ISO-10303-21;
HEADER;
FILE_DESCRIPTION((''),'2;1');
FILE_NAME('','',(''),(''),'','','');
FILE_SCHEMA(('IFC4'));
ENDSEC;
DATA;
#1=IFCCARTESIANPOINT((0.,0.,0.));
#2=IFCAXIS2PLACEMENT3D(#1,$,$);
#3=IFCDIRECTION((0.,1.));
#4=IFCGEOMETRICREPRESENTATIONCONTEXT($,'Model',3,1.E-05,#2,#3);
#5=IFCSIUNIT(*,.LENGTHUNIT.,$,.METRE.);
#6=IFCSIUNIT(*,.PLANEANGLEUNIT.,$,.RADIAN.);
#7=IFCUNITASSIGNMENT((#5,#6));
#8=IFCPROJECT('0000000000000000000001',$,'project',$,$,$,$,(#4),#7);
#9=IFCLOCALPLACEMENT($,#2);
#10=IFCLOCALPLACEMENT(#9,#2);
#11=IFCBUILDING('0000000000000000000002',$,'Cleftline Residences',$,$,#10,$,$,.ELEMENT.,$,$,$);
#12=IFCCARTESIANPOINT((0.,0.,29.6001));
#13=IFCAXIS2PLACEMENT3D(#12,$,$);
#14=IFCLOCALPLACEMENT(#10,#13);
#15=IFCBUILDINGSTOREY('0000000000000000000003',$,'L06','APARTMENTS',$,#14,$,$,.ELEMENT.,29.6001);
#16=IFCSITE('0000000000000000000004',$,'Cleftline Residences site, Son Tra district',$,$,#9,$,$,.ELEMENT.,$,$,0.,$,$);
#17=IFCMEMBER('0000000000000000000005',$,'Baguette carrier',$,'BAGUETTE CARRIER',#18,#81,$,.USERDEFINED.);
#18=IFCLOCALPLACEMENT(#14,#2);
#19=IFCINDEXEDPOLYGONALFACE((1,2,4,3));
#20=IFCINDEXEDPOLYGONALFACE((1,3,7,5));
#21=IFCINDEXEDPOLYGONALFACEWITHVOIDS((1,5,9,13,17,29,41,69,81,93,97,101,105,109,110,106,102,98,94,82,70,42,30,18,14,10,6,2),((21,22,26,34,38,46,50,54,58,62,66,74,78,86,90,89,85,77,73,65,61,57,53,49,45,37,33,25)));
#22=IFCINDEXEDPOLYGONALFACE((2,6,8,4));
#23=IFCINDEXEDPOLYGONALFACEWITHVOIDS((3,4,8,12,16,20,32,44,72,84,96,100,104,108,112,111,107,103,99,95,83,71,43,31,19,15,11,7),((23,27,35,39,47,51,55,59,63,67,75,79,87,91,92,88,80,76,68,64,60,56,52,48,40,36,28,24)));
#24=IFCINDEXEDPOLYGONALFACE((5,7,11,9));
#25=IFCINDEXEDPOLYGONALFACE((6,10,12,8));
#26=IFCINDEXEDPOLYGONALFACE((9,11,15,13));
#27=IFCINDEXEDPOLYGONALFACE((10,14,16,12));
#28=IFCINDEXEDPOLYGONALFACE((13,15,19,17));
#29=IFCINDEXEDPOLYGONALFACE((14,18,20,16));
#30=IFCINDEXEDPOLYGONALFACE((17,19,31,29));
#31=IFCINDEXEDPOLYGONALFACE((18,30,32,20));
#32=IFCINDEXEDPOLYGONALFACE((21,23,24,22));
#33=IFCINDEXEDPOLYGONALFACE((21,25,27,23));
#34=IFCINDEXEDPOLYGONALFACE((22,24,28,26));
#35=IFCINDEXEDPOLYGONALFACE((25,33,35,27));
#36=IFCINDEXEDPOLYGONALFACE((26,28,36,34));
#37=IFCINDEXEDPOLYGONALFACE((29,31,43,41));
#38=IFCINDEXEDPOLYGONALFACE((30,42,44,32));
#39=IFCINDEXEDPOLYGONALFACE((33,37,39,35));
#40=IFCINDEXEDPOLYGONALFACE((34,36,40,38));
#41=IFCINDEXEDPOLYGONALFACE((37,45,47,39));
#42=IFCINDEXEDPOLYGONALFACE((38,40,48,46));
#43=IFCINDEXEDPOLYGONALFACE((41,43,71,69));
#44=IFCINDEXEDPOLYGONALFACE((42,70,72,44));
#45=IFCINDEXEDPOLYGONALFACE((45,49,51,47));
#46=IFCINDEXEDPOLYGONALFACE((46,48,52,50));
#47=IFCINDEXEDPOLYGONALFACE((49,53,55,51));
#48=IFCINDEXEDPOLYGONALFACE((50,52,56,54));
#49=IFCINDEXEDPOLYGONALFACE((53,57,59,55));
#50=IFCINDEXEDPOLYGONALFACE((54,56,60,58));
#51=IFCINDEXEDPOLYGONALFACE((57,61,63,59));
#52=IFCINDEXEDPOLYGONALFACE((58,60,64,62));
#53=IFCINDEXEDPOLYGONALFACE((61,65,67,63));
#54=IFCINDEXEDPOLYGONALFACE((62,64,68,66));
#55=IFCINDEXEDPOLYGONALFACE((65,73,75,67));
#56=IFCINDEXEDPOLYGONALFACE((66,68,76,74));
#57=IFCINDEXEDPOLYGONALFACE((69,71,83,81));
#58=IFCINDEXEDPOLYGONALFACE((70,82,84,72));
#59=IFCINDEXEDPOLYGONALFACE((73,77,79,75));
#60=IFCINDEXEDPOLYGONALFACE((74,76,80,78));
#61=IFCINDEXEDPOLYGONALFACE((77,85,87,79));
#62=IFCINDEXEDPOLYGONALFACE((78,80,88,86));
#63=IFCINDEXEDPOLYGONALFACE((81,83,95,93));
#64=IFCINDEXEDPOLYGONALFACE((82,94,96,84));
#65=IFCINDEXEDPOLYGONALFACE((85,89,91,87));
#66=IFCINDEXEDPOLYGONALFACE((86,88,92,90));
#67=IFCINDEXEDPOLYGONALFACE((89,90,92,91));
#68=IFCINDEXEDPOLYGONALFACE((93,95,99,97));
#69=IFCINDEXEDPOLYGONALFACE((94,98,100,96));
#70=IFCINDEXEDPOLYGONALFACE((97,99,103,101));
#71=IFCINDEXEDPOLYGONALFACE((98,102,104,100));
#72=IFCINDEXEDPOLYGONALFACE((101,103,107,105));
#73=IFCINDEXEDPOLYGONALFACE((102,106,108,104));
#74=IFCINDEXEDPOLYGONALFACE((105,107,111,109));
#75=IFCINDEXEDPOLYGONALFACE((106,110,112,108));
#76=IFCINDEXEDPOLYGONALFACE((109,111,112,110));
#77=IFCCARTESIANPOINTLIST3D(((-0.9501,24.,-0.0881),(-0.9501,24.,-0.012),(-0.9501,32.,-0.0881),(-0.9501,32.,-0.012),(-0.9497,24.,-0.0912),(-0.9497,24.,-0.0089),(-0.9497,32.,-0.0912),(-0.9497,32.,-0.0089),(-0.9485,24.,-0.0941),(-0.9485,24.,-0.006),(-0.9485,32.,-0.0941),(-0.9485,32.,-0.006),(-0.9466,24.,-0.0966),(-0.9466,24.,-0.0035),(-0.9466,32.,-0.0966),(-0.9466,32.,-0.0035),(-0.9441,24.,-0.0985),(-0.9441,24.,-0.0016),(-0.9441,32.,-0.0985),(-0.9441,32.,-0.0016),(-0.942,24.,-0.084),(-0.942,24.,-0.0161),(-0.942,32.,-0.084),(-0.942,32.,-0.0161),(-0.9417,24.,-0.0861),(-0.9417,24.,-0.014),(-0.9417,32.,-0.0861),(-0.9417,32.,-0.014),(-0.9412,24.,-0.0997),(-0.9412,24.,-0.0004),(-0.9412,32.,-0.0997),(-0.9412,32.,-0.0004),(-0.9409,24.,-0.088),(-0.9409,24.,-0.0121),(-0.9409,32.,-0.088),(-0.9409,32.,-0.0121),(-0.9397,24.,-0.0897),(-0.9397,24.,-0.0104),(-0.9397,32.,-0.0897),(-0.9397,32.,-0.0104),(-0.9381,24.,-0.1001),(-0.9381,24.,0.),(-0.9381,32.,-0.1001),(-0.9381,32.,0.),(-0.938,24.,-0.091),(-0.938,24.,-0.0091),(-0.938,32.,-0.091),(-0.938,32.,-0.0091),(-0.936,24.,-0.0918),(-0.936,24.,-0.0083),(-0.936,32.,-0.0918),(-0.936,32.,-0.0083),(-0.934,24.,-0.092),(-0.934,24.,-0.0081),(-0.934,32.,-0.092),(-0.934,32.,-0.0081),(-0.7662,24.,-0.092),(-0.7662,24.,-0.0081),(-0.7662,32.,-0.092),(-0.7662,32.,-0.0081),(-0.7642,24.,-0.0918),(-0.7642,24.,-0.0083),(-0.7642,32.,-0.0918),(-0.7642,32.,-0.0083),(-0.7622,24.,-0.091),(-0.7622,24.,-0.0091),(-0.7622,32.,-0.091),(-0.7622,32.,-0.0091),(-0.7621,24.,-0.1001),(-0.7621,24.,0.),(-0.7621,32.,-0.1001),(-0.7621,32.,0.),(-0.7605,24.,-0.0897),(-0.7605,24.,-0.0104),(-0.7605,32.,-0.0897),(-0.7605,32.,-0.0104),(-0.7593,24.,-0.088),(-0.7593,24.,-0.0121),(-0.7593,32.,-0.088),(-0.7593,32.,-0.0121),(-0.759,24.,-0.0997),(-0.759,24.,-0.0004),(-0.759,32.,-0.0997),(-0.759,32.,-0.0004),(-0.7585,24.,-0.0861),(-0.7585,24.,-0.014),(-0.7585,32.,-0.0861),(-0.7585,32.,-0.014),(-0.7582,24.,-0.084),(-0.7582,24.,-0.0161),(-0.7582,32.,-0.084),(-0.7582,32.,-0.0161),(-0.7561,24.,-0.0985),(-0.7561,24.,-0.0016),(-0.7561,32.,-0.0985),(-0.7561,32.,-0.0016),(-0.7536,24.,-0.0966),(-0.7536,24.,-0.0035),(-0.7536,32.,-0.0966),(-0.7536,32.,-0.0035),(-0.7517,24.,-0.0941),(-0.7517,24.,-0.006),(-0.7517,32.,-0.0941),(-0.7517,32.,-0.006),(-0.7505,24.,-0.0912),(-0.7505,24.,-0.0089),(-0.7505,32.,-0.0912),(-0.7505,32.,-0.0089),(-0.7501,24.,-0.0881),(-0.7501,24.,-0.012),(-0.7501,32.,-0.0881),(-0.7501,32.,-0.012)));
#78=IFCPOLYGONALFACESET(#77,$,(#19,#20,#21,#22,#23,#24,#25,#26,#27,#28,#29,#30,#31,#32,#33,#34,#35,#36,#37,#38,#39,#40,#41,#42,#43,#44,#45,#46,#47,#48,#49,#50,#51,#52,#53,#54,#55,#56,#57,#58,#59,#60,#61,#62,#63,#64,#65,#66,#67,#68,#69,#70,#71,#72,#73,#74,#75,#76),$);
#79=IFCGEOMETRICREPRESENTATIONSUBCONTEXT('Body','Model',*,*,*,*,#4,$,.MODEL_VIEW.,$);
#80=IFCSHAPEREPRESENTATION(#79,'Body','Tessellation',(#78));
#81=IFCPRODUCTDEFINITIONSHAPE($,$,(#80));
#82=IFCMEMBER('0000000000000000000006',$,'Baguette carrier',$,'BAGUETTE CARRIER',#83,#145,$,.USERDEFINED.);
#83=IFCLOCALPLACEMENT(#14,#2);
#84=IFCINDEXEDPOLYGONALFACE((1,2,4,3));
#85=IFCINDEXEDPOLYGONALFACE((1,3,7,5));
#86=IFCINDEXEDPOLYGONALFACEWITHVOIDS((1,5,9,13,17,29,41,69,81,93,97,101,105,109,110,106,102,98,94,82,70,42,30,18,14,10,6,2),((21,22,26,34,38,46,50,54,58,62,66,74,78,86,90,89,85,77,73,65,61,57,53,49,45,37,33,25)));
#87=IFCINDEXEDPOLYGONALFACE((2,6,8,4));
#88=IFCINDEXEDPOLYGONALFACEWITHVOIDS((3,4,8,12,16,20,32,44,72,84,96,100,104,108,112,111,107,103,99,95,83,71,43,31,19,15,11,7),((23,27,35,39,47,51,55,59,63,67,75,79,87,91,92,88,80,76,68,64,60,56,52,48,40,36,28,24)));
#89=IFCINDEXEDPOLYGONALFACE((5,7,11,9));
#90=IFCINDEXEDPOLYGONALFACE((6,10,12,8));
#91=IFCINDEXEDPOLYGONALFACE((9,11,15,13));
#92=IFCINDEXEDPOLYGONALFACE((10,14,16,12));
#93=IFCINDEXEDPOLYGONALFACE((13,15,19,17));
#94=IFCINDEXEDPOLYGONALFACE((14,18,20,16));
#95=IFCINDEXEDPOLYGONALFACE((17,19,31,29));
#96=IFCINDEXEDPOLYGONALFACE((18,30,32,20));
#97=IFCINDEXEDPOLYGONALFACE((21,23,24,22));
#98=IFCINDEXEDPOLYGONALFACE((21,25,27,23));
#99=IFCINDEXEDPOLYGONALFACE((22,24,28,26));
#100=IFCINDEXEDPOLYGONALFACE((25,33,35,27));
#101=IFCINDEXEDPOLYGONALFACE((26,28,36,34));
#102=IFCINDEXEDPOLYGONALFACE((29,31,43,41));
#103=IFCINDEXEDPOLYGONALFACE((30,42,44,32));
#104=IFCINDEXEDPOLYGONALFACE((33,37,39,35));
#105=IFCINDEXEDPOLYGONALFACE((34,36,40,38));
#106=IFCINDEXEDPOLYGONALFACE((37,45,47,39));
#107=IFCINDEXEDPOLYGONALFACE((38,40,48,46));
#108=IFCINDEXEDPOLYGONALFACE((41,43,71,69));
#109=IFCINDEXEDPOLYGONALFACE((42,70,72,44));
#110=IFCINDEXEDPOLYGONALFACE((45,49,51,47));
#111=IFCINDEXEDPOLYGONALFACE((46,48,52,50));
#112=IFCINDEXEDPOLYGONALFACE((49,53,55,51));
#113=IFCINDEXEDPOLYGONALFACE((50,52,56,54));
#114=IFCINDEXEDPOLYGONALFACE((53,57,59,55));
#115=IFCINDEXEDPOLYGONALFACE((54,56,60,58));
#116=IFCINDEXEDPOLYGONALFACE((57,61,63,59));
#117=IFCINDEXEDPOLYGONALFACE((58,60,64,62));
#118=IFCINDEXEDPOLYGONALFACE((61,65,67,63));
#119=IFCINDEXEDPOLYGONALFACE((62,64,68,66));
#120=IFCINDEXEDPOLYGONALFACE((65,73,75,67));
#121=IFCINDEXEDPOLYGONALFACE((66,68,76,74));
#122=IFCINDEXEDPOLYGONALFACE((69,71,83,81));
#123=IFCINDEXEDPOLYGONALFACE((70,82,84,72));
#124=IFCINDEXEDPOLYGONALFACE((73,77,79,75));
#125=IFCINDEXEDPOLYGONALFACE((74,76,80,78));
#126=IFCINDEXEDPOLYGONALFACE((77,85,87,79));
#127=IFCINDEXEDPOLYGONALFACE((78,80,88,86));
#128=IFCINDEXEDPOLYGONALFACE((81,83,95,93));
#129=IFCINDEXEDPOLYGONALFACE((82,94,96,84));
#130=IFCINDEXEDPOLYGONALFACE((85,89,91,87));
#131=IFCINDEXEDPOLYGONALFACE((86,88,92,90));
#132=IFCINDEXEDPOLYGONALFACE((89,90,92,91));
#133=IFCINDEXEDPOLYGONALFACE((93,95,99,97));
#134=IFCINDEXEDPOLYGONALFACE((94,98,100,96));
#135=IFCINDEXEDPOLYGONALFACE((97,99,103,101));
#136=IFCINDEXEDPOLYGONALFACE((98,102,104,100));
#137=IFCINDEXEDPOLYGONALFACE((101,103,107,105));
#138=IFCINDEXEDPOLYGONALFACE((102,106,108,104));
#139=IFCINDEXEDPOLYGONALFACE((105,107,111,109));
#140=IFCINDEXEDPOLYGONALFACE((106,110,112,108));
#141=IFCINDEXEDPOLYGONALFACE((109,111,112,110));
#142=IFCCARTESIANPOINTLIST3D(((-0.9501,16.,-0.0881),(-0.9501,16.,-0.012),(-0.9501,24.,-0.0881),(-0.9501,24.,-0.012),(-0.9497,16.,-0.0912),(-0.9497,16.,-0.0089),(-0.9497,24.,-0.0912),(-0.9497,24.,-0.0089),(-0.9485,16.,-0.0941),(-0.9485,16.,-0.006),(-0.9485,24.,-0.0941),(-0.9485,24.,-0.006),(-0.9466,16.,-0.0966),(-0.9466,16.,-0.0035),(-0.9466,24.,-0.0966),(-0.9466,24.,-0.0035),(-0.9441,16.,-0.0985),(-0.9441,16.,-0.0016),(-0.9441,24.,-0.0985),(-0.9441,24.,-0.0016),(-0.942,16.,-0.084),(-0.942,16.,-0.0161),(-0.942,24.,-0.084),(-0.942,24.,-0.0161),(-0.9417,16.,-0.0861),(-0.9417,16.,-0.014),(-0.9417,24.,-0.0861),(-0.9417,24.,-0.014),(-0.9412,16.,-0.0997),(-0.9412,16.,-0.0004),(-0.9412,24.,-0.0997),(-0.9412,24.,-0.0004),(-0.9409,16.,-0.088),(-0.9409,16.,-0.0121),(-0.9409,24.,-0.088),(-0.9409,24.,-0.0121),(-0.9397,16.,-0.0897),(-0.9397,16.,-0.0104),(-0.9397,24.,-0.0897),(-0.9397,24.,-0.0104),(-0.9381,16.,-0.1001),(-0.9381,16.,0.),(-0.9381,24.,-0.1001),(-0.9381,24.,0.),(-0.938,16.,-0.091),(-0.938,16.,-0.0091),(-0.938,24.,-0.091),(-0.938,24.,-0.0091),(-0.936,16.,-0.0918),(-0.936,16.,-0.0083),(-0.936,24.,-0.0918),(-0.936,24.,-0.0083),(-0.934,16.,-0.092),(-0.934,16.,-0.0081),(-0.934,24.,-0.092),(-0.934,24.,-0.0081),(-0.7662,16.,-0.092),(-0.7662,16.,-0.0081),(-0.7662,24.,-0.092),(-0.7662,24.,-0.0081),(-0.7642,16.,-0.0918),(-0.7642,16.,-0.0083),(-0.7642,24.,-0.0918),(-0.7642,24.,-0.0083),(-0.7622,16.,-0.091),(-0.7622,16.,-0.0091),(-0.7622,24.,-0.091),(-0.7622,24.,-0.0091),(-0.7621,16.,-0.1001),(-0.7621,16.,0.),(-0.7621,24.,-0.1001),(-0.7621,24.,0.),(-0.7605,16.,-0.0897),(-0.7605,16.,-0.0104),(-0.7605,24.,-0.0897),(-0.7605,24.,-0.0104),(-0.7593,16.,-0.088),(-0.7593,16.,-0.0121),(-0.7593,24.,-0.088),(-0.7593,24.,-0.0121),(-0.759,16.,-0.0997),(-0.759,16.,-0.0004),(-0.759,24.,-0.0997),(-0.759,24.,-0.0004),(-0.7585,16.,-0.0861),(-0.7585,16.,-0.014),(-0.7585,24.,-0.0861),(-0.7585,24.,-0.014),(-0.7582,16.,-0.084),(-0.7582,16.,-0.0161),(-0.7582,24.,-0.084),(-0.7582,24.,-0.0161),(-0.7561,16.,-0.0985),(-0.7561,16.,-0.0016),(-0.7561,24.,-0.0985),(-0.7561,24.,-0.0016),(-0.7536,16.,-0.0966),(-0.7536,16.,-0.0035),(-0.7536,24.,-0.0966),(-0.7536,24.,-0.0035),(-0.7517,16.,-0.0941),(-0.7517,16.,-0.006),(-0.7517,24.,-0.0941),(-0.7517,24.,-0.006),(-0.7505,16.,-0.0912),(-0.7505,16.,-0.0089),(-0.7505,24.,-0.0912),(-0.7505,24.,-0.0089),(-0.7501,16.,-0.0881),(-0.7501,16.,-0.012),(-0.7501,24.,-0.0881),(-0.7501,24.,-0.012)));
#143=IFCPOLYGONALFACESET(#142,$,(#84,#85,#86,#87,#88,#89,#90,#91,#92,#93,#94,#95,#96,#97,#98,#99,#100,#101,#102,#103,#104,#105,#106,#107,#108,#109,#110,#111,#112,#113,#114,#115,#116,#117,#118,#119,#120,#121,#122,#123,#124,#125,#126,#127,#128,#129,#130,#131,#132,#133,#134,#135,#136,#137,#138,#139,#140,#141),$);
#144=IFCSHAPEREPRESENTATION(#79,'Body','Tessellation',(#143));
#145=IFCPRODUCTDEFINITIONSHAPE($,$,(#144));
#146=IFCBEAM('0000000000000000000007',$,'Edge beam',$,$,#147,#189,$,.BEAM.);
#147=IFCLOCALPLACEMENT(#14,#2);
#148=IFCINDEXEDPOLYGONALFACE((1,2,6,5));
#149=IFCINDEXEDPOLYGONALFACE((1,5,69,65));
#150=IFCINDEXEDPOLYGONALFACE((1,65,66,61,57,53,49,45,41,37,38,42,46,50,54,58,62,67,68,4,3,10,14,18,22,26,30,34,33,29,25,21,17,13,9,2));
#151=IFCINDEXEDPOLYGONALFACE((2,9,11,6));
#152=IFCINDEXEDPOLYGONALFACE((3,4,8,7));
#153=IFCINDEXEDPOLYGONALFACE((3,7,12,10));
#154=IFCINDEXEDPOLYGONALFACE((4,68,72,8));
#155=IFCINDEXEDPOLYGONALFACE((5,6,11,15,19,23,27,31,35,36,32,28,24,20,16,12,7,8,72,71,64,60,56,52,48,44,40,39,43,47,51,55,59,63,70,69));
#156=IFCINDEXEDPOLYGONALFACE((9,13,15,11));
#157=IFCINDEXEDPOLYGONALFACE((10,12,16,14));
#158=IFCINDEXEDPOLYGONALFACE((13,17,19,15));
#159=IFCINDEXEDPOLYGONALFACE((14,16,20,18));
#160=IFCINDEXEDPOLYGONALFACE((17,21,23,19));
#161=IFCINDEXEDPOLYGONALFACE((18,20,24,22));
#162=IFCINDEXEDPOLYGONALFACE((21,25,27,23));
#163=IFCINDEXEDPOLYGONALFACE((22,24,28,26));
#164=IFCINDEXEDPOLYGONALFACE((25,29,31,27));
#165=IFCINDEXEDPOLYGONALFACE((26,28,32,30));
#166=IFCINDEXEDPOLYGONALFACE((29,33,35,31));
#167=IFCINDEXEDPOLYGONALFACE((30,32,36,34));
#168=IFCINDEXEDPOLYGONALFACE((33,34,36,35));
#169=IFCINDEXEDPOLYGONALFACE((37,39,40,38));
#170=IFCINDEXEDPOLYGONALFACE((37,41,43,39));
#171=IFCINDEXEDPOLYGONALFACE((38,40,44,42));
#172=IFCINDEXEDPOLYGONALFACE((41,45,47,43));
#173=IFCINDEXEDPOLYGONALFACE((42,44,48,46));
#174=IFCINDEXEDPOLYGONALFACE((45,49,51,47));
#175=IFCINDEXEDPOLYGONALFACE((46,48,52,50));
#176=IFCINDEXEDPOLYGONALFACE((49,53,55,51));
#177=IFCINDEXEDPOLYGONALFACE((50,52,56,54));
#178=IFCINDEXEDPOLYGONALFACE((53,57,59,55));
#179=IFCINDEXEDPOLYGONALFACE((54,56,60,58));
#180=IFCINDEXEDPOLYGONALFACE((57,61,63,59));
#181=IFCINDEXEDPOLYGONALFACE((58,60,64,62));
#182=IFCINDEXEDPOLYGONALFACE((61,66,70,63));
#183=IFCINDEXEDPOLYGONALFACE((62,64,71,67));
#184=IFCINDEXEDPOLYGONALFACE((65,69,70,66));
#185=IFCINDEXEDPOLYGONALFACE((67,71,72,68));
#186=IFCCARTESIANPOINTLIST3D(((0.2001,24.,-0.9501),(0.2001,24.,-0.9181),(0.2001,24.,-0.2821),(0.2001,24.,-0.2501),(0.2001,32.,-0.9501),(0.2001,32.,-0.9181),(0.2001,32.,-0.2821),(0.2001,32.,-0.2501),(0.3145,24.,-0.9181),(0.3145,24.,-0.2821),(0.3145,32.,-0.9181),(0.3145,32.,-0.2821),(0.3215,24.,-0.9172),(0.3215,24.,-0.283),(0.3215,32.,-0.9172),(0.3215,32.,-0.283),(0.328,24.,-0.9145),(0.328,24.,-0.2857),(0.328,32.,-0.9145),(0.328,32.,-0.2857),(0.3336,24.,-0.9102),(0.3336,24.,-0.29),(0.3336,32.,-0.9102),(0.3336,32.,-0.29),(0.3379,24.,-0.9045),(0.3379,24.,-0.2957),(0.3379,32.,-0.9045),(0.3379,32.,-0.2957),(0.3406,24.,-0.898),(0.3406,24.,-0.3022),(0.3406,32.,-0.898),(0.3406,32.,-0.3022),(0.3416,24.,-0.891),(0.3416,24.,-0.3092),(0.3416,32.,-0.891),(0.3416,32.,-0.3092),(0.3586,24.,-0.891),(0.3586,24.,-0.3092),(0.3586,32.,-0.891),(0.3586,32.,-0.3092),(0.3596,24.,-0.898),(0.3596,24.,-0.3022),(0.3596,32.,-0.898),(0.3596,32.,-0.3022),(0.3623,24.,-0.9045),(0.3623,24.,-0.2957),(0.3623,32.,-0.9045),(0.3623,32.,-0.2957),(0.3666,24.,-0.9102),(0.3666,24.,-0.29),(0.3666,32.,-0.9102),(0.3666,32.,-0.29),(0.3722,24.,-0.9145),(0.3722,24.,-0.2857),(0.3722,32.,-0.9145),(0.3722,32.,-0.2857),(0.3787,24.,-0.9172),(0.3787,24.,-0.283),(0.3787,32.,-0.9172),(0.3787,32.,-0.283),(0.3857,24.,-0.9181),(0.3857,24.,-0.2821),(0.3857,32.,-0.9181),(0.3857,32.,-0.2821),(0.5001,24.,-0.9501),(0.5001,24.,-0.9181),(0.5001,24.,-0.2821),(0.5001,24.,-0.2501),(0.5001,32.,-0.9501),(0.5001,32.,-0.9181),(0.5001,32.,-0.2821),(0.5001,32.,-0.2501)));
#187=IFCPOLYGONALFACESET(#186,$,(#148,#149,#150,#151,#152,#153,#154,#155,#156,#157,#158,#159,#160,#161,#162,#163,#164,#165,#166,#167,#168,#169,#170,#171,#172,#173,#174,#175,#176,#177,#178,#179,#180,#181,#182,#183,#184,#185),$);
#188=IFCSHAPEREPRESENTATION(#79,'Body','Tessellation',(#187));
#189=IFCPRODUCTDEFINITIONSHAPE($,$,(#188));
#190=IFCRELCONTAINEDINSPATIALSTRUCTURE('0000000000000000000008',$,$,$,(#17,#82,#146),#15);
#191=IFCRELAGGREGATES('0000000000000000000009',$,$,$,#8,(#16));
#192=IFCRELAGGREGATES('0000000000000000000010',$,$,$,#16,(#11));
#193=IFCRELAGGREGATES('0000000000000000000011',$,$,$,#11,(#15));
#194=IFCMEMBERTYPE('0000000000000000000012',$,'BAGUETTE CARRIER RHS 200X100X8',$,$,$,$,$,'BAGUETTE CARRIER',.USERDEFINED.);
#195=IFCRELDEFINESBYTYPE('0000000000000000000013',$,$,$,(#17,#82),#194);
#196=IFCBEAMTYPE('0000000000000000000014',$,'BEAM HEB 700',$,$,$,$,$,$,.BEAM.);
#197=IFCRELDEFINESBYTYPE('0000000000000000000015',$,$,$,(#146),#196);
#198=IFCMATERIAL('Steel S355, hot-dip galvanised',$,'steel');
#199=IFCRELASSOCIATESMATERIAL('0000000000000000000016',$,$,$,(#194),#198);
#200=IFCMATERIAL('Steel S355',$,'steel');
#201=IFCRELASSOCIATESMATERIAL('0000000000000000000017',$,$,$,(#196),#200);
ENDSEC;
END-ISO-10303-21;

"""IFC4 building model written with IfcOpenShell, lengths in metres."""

from ifc_helpers import new_model, si_unit, direction, frame, origin, origin_2d, place, context, subcontext, project, spatial, hollow_rectangle, i_section, extrude, material, material_profile, profile_set, type_object, element, save


model = new_model("IFC4")

# Units and contexts
model_context = context("Model", 3, precision=1e-05, world=origin(), true_north=direction((0.0, 1.0)))
body_context = subcontext(model_context, "Body", "Model", "MODEL_VIEW")
ifc_project = project(units=[si_unit("LENGTHUNIT", "METRE"), si_unit("PLANEANGLEUNIT", "RADIAN")], contexts=[model_context])

# Site, building, storey
site_placement = place(None, origin())
site = spatial("IfcSite", under=ifc_project, at=site_placement, Name="Cleftline Residences site, Son Tra district", CompositionType="ELEMENT", RefElevation=0.0)
building_placement = place(site_placement, origin())
building = spatial("IfcBuilding", under=site, at=building_placement, Name="Cleftline Residences", CompositionType="ELEMENT")
storey_placement = place(building_placement, frame((0.0, 0.0, 29.6001)))
storey = spatial("IfcBuildingStorey", under=building, at=storey_placement, Name="L06", Description="APARTMENTS", CompositionType="ELEMENT", Elevation=29.6001)

# Members
ifc_material_1 = material(Name="Steel S355, hot-dip galvanised", Category="steel")
ifc_material_profile_1 = material_profile(ifc_material_1, hollow_rectangle(XDim=0.1001, YDim=0.2, WallThickness=0.0081, InnerFilletRadius=0.0081, OuterFilletRadius=0.012, at=origin_2d()))
ifc_profile_set_1 = profile_set([ifc_material_profile_1], Name="Steel S355, hot-dip galvanised")
member_type_1 = type_object("IfcMemberType", Name="BAGUETTE CARRIER RHS 200X100X8", ElementType="BAGUETTE CARRIER", PredefinedType="USERDEFINED", material=ifc_profile_set_1)
for number, where, z_axis, x_axis, name in (
    (1, (-0.8501, 32.0, -0.05), (0.0, -1.0, 0.0), (0.0, 0.0, 1.0), "Baguette carrier"),
    (2, (-0.8501, 24.0, -0.05), (0.0, -1.0, 0.0), (0.0, 0.0, 1.0), "Baguette carrier"),
):
    element("IfcMember", number, at=place(storey_placement, frame(where, z_axis=z_axis, x_axis=x_axis)), inside=storey, type_object=member_type_1, Name=name, ObjectType="BAGUETTE CARRIER", PredefinedType="USERDEFINED", context=body_context, shape_type="SweptSolid", body=[
        extrude(hollow_rectangle(XDim=0.1001, YDim=0.2, WallThickness=0.0081, InnerFilletRadius=0.0081, OuterFilletRadius=0.012, at=origin_2d()), origin(), (0.0, 0.0, 1.0), 8.0),
    ])

# Beam
ifc_material_2 = material(Name="Steel S355", Category="steel")
ifc_material_profile_2 = material_profile(ifc_material_2, i_section(OverallWidth=0.3, OverallDepth=0.7, WebThickness=0.0171, FlangeThickness=0.032, FilletRadius=0.0271, at=origin_2d()))
ifc_profile_set_2 = profile_set([ifc_material_profile_2], Name="Steel S355")
beam_type = type_object("IfcBeamType", Name="BEAM HEB 700", PredefinedType="BEAM", material=ifc_profile_set_2)
for number, where, z_axis, x_axis, name in (
    (3, (0.3501, 24.0, -0.6001), (0.0, 1.0, 0.0), (-1.0, 0.0, 0.0), "Edge beam"),
):
    element("IfcBeam", number, at=place(storey_placement, frame(where, z_axis=z_axis, x_axis=x_axis)), inside=storey, type_object=beam_type, Name=name, PredefinedType="BEAM", context=body_context, shape_type="SweptSolid", body=[
        extrude(i_section(OverallWidth=0.3, OverallDepth=0.7, WebThickness=0.0171, FlangeThickness=0.032, FilletRadius=0.0271, at=origin_2d()), origin(), (0.0, 0.0, 1.0), 8.0),
    ])

save(model, "model.ifc")
